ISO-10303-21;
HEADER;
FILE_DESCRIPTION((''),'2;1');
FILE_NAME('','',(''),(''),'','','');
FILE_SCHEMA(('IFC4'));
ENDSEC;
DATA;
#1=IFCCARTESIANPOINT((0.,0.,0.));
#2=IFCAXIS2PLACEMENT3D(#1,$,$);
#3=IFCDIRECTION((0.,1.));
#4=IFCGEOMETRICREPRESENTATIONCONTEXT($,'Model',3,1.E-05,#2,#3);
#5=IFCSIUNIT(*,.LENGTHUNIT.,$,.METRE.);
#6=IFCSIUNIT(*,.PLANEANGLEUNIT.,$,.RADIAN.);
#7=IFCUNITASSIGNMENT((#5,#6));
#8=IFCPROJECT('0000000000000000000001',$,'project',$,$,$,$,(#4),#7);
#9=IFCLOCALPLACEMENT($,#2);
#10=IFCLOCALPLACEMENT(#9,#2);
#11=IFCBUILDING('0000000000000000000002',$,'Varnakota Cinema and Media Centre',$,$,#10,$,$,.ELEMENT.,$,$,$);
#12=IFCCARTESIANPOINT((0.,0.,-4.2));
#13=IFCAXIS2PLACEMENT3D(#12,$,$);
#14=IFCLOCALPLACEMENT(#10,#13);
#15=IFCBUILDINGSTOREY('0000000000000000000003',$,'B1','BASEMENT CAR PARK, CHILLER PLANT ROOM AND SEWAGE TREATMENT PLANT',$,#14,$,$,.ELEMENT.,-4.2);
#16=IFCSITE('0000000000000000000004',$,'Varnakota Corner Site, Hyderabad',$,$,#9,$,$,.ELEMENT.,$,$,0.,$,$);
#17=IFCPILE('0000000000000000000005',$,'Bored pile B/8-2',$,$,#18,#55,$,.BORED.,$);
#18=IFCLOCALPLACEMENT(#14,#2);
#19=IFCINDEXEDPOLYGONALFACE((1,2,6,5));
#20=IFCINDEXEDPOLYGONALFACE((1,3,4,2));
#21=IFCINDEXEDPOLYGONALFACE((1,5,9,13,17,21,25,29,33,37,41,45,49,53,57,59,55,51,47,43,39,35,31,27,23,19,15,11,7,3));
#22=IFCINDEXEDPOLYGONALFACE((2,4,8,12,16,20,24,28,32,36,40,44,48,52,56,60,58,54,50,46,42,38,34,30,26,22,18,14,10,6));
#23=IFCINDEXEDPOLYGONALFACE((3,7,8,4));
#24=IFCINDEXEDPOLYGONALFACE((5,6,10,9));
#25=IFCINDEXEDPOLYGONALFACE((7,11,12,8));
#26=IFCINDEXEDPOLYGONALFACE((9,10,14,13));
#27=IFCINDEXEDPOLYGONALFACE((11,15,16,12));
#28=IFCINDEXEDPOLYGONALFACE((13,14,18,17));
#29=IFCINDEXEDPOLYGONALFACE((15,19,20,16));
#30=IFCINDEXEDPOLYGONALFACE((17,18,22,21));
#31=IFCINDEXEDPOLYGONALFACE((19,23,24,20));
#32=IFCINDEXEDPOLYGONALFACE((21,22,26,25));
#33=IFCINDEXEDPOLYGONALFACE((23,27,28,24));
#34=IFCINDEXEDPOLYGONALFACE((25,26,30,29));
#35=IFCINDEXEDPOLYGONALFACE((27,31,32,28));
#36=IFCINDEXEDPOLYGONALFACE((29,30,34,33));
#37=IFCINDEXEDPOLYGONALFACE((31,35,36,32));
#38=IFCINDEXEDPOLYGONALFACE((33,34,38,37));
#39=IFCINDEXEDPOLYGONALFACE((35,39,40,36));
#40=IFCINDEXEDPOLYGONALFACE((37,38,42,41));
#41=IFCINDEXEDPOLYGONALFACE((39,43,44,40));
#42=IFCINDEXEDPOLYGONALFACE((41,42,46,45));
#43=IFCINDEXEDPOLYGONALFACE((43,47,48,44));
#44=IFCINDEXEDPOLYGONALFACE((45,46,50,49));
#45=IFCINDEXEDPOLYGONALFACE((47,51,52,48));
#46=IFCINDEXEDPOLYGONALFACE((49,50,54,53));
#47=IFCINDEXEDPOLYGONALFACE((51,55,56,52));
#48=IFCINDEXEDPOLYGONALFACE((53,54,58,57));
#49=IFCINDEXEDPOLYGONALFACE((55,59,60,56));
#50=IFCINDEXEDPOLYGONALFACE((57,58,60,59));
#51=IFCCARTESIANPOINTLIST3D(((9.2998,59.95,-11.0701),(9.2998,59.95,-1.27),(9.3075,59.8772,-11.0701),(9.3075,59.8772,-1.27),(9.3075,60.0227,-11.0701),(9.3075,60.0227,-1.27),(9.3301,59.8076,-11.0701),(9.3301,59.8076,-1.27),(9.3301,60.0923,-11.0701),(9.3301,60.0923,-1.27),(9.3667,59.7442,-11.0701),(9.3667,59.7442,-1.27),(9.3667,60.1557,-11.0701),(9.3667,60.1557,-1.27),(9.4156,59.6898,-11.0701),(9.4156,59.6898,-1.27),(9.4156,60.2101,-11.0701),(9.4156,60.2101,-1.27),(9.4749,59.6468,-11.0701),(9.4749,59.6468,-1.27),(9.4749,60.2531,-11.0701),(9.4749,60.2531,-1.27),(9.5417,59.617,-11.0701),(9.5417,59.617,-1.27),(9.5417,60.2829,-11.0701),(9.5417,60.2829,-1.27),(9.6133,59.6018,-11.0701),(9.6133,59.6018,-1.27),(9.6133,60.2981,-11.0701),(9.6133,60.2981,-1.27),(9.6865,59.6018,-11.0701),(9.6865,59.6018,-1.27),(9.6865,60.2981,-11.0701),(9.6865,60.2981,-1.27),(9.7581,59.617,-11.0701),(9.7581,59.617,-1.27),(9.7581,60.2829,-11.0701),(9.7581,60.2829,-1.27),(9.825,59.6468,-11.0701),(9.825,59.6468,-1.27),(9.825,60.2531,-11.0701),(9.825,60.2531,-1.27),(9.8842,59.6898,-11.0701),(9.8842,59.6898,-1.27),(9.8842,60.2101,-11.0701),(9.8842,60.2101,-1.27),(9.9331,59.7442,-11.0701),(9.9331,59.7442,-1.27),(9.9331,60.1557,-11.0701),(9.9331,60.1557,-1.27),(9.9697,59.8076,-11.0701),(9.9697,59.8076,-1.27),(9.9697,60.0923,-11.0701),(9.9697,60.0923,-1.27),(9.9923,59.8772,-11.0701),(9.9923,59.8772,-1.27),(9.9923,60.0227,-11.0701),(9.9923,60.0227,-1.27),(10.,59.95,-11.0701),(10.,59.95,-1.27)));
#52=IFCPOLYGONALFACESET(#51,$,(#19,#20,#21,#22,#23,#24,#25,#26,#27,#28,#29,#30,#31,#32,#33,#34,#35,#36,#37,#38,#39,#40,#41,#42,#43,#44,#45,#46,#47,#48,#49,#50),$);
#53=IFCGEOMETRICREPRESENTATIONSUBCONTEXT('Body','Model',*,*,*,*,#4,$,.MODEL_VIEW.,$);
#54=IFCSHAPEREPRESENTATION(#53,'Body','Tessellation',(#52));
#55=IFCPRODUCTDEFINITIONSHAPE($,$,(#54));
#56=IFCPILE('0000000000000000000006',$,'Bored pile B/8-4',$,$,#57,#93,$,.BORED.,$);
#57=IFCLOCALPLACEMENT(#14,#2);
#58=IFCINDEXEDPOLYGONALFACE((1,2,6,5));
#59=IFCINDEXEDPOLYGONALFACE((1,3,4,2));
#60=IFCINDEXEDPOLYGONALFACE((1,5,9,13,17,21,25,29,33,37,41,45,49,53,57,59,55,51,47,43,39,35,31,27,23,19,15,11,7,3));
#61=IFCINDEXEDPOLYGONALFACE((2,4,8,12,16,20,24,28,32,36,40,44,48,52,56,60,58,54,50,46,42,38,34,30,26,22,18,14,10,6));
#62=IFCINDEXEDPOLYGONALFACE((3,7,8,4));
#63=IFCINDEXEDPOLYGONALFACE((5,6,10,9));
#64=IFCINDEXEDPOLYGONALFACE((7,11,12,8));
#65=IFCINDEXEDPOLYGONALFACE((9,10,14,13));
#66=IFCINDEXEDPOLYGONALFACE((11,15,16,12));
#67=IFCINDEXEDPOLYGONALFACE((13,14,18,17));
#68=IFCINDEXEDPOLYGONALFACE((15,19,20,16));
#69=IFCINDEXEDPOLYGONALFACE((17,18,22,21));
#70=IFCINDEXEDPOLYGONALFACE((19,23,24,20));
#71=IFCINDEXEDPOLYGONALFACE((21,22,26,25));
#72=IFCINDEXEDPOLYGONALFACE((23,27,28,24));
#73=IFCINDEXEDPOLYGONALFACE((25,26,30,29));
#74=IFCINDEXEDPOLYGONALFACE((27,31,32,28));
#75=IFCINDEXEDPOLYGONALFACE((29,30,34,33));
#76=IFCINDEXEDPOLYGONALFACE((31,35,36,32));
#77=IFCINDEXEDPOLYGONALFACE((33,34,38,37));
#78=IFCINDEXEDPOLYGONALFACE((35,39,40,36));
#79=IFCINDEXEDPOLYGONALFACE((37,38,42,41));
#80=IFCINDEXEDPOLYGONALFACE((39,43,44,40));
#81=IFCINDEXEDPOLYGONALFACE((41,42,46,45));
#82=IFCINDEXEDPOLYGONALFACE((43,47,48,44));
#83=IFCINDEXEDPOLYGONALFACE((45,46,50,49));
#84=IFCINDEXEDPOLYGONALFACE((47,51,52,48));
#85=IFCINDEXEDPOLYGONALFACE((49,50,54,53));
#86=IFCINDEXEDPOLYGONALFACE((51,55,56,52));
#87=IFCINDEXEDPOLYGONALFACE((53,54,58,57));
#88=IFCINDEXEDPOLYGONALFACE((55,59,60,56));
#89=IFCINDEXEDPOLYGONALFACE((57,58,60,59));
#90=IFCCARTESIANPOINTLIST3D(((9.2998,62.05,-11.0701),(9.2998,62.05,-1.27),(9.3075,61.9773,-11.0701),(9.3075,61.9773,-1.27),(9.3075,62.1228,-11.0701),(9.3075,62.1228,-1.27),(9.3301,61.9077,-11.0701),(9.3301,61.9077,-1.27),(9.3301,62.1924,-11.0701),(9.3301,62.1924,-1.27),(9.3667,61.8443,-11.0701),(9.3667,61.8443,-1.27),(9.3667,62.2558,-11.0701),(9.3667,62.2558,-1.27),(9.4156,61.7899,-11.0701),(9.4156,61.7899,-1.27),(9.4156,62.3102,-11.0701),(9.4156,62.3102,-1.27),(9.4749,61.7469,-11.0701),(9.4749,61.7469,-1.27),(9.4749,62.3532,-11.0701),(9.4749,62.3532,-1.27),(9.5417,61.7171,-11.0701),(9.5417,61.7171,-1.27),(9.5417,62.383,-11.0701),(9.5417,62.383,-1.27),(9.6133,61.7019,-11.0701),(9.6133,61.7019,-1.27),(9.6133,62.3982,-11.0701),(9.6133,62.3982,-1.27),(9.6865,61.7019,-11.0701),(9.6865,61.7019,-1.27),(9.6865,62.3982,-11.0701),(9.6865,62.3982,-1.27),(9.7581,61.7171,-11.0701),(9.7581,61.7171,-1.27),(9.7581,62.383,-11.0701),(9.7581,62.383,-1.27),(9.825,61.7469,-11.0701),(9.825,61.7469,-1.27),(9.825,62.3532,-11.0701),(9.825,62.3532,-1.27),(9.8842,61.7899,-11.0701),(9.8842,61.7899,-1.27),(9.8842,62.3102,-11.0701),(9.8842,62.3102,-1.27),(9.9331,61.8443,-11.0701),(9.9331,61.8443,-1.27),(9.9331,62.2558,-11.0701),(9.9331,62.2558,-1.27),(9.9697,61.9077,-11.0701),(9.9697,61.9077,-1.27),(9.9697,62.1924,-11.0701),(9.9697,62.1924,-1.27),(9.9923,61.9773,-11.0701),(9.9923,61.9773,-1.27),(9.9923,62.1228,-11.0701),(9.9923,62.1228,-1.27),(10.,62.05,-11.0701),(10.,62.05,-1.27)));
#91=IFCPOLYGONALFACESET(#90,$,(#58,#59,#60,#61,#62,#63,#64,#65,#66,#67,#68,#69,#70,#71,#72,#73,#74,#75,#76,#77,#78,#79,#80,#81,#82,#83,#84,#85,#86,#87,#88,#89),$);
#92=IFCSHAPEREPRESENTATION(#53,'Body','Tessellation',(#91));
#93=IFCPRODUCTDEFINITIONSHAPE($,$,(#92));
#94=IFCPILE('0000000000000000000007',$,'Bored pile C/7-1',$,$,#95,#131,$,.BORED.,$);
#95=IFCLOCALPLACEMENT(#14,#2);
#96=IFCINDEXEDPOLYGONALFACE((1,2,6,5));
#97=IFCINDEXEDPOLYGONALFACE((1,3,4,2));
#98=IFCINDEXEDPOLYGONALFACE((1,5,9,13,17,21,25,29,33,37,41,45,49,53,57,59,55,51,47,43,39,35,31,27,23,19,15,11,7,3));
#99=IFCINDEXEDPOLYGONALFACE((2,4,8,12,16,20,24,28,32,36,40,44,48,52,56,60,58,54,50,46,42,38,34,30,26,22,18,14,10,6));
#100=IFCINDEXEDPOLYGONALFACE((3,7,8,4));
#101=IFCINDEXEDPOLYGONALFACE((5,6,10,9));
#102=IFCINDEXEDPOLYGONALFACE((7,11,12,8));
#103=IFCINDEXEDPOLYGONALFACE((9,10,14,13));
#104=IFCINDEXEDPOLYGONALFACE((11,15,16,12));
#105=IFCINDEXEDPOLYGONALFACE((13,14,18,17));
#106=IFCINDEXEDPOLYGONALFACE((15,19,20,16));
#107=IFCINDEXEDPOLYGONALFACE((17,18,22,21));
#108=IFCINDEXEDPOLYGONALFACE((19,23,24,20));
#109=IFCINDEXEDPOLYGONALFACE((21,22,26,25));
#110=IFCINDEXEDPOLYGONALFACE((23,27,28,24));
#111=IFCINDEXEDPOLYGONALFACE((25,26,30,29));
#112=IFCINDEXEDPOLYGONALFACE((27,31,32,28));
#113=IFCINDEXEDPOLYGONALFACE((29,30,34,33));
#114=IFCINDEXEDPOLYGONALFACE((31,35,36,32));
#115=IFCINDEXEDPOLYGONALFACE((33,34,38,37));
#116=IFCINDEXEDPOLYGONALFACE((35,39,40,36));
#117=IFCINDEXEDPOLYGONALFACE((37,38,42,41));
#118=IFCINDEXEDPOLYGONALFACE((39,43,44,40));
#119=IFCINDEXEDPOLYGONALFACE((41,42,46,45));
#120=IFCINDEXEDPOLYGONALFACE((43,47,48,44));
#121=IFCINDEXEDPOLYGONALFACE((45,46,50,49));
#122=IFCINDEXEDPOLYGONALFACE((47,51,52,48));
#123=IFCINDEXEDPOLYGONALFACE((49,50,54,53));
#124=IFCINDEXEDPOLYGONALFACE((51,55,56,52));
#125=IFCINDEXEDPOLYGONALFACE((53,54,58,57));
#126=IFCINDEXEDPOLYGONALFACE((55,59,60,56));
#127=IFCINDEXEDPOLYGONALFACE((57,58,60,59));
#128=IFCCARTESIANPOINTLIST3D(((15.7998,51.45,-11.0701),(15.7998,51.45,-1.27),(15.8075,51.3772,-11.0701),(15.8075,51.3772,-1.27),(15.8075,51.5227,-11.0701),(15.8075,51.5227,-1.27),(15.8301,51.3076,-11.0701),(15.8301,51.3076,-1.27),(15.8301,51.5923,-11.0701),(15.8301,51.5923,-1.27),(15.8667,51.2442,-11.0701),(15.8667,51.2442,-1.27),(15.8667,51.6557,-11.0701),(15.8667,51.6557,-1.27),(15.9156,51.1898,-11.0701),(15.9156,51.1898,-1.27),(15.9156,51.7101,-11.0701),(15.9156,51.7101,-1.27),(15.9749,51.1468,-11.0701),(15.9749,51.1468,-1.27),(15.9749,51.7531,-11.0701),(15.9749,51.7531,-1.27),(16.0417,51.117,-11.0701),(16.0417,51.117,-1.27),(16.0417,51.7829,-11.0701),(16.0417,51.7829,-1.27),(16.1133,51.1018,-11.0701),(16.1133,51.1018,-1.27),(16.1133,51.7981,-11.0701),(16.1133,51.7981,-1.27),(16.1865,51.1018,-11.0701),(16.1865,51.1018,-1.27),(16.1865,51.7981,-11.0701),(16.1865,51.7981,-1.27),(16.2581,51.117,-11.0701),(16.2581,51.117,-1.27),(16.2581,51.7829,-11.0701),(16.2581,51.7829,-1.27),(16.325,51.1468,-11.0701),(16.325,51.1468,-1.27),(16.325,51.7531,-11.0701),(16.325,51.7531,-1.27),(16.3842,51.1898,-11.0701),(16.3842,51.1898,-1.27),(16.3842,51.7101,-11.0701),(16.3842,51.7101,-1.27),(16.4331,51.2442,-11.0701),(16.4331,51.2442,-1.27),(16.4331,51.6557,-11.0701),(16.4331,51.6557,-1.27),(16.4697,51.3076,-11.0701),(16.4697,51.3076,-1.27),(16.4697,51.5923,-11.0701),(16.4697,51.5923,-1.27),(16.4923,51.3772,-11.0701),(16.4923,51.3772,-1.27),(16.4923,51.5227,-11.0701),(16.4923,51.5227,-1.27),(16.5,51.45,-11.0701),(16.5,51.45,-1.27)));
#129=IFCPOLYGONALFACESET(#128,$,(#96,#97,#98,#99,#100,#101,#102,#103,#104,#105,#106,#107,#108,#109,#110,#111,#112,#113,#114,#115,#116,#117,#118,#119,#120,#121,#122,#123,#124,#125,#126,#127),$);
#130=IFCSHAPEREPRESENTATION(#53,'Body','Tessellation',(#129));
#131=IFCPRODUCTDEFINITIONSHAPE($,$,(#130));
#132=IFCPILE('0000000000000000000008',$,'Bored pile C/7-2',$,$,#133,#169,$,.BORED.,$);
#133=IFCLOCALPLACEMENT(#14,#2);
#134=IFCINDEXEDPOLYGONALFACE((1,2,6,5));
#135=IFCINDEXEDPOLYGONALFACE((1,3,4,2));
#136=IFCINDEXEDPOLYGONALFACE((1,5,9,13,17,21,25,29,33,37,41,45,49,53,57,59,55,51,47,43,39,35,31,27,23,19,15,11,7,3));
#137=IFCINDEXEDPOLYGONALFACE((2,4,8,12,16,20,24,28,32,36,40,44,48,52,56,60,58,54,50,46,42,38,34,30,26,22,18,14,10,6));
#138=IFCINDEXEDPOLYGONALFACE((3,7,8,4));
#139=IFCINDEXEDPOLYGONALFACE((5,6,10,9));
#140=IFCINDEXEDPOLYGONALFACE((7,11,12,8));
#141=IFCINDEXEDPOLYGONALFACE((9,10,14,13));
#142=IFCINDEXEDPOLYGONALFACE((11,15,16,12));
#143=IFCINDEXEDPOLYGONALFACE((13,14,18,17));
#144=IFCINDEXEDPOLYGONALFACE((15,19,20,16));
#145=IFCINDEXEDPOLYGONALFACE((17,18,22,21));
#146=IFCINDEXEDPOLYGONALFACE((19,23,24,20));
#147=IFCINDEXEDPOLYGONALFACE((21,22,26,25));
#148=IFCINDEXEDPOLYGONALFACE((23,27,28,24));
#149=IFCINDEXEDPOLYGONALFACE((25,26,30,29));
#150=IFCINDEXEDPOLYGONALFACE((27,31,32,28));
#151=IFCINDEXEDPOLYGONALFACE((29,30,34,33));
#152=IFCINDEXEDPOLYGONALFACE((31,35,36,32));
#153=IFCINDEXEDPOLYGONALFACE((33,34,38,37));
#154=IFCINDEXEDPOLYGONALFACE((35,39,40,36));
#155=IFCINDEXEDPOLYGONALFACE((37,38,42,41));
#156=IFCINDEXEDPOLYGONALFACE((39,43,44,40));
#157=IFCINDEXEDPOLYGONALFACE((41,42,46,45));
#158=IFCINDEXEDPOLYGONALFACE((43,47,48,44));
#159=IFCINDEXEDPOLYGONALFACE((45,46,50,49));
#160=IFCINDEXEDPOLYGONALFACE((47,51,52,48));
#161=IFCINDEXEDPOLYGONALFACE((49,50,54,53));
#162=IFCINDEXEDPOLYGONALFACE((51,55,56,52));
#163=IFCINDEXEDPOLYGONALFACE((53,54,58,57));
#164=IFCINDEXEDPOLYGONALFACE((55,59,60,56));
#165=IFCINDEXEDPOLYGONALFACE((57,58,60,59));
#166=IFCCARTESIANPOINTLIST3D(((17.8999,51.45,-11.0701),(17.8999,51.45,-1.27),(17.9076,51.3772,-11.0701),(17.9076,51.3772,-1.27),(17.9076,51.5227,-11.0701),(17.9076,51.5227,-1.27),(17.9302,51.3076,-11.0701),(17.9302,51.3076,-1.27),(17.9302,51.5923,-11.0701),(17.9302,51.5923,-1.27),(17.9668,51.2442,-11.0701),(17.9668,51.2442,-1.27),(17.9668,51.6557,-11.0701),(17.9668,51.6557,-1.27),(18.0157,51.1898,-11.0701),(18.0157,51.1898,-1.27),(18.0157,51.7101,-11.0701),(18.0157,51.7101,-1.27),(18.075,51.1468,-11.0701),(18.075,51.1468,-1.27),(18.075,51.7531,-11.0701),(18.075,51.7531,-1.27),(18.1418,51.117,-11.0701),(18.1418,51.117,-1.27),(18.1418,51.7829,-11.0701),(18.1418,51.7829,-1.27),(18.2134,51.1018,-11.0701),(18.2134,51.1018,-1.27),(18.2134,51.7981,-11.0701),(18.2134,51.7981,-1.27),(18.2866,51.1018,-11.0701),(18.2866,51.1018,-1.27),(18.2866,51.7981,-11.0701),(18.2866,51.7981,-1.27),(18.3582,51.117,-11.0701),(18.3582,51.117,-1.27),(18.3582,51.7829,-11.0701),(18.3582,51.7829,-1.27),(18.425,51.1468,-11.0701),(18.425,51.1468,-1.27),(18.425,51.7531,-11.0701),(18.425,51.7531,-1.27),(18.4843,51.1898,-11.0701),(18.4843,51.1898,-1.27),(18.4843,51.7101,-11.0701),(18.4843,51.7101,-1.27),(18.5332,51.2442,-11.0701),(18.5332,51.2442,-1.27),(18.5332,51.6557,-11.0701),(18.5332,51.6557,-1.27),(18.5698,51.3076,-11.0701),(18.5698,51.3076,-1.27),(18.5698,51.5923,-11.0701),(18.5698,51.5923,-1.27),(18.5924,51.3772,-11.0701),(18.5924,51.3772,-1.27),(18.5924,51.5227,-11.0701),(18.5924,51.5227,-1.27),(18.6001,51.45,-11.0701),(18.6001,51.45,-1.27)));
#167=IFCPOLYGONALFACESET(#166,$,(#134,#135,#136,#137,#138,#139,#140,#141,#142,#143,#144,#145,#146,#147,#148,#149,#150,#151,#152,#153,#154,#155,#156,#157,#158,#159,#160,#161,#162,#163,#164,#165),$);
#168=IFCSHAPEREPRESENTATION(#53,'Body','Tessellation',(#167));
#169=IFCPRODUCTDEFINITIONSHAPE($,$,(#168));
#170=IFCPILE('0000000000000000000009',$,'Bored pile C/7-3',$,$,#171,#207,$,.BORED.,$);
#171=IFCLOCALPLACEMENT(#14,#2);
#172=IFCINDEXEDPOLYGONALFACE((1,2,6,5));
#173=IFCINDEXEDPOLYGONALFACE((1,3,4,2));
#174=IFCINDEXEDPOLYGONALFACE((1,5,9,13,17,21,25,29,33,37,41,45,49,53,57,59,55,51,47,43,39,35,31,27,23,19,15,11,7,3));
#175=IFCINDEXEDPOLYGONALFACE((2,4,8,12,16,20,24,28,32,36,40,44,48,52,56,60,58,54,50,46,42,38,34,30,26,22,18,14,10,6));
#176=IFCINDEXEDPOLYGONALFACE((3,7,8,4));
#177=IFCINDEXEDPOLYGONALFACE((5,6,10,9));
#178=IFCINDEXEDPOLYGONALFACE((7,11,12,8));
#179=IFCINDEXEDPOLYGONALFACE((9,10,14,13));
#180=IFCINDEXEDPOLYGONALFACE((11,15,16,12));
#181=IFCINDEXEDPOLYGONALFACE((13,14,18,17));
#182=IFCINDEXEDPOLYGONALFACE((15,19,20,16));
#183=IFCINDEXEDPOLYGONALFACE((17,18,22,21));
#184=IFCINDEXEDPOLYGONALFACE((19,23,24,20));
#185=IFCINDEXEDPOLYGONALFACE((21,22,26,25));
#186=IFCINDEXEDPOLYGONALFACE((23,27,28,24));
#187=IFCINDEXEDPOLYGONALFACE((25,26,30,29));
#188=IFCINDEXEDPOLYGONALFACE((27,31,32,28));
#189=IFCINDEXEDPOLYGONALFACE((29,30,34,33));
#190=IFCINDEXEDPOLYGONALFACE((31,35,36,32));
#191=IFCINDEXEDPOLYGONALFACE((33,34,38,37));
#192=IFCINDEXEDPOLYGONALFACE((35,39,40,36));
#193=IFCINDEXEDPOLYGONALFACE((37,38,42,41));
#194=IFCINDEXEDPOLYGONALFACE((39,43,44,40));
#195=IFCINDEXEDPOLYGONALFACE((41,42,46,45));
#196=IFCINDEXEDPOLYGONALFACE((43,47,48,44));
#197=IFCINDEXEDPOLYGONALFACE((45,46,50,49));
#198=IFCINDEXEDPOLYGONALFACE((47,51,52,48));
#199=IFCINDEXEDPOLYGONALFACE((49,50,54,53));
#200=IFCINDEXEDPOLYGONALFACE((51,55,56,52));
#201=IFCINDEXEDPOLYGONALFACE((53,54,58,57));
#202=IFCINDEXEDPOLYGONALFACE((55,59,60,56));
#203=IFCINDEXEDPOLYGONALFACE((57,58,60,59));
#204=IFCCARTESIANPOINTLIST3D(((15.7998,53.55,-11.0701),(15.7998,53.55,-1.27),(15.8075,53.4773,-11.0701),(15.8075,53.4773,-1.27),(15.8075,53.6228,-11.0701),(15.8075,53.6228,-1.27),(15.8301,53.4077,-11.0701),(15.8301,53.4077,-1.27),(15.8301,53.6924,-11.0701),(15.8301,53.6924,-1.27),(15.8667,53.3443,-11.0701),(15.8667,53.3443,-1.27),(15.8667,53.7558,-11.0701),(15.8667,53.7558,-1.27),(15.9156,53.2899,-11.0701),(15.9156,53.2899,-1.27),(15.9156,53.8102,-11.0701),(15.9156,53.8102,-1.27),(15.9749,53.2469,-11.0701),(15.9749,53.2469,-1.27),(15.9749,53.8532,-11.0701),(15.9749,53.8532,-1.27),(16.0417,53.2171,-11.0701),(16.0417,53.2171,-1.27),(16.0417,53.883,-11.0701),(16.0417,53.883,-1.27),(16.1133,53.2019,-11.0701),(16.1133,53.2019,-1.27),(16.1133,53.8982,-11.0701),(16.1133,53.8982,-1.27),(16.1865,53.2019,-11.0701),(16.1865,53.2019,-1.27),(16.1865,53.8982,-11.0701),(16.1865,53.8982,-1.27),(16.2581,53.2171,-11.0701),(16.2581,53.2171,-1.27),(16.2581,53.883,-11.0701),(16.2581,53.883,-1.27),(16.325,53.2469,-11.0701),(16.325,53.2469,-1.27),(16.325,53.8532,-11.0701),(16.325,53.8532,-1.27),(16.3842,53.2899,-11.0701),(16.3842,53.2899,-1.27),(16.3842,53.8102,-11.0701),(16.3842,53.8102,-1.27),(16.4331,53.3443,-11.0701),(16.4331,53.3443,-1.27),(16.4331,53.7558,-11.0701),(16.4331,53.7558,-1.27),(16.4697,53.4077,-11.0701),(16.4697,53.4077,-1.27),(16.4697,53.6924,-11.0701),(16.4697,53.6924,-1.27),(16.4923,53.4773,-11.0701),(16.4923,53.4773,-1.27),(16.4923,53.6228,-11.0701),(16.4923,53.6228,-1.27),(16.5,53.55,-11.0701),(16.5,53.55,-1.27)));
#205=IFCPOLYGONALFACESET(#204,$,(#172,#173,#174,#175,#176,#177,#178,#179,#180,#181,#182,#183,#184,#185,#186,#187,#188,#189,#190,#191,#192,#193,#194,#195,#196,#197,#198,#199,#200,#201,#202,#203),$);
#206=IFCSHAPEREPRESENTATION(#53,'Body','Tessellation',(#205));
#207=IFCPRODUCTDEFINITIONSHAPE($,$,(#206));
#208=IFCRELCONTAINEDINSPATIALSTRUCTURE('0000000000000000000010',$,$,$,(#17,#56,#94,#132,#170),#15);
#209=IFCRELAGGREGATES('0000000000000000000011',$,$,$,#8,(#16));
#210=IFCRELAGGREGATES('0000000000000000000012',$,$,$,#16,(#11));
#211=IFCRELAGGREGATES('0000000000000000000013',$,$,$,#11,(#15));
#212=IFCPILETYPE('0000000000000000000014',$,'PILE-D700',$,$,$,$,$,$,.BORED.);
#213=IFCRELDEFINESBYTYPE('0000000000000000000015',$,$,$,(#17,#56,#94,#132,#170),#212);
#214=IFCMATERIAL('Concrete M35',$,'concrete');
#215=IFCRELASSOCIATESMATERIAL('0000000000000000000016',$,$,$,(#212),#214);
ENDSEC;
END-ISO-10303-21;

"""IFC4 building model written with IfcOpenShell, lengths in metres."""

from ifc_helpers import new_model, si_unit, direction, frame, origin, origin_2d, place, context, subcontext, project, spatial, circle, extrude, material, material_profile, profile_set, type_object, element, save


model = new_model("IFC4")

# Units and contexts
model_context = context("Model", 3, precision=1e-05, world=origin(), true_north=direction((0.0, 1.0)))
body_context = subcontext(model_context, "Body", "Model", "MODEL_VIEW")
ifc_project = project(units=[si_unit("LENGTHUNIT", "METRE"), si_unit("PLANEANGLEUNIT", "RADIAN")], contexts=[model_context])

# Site, building, storey
site_placement = place(None, origin())
site = spatial("IfcSite", under=ifc_project, at=site_placement, Name="Varnakota Corner Site, Hyderabad", CompositionType="ELEMENT", RefElevation=0.0)
building_placement = place(site_placement, origin())
building = spatial("IfcBuilding", under=site, at=building_placement, Name="Varnakota Cinema and Media Centre", CompositionType="ELEMENT")
storey_placement = place(building_placement, frame((0.0, 0.0, -4.2)))
storey = spatial("IfcBuildingStorey", under=building, at=storey_placement, Name="B1", Description="BASEMENT CAR PARK, CHILLER PLANT ROOM AND SEWAGE TREATMENT PLANT", CompositionType="ELEMENT", Elevation=-4.2)

# Piles
ifc_material_1 = material(Name="Concrete M35", Category="concrete")
ifc_material_profile_1 = material_profile(ifc_material_1, circle(Radius=0.3501, at=origin_2d()), Name="PILE D700")
ifc_profile_set_1 = profile_set([ifc_material_profile_1], Name="Concrete M35")
pile_type_1 = type_object("IfcPileType", Name="PILE-D700", PredefinedType="BORED", material=ifc_profile_set_1)
for number, where, z_axis, x_axis, name in (
    (1, (9.6499, 59.95, -1.27), (0.0, 0.0, -1.0), (1.0, 0.0, 0.0), "Bored pile B/8-2"),
    (2, (9.6499, 62.05, -1.27), (0.0, 0.0, -1.0), (1.0, 0.0, 0.0), "Bored pile B/8-4"),
    (3, (16.1499, 51.45, -1.27), (0.0, 0.0, -1.0), (1.0, 0.0, 0.0), "Bored pile C/7-1"),
    (4, (18.25, 51.45, -1.27), (0.0, 0.0, -1.0), (1.0, 0.0, 0.0), "Bored pile C/7-2"),
    (5, (16.1499, 53.55, -1.27), (0.0, 0.0, -1.0), (1.0, 0.0, 0.0), "Bored pile C/7-3"),
):
    element("IfcPile", number, at=place(storey_placement, frame(where, z_axis=z_axis, x_axis=x_axis)), inside=storey, type_object=pile_type_1, Name=name, PredefinedType="BORED", context=body_context, shape_type="SweptSolid", body=[
        extrude(circle(Radius=0.3501, at=origin_2d()), origin(), (0.0, 0.0, 1.0), 9.8),
    ])

save(model, "model.ifc")
